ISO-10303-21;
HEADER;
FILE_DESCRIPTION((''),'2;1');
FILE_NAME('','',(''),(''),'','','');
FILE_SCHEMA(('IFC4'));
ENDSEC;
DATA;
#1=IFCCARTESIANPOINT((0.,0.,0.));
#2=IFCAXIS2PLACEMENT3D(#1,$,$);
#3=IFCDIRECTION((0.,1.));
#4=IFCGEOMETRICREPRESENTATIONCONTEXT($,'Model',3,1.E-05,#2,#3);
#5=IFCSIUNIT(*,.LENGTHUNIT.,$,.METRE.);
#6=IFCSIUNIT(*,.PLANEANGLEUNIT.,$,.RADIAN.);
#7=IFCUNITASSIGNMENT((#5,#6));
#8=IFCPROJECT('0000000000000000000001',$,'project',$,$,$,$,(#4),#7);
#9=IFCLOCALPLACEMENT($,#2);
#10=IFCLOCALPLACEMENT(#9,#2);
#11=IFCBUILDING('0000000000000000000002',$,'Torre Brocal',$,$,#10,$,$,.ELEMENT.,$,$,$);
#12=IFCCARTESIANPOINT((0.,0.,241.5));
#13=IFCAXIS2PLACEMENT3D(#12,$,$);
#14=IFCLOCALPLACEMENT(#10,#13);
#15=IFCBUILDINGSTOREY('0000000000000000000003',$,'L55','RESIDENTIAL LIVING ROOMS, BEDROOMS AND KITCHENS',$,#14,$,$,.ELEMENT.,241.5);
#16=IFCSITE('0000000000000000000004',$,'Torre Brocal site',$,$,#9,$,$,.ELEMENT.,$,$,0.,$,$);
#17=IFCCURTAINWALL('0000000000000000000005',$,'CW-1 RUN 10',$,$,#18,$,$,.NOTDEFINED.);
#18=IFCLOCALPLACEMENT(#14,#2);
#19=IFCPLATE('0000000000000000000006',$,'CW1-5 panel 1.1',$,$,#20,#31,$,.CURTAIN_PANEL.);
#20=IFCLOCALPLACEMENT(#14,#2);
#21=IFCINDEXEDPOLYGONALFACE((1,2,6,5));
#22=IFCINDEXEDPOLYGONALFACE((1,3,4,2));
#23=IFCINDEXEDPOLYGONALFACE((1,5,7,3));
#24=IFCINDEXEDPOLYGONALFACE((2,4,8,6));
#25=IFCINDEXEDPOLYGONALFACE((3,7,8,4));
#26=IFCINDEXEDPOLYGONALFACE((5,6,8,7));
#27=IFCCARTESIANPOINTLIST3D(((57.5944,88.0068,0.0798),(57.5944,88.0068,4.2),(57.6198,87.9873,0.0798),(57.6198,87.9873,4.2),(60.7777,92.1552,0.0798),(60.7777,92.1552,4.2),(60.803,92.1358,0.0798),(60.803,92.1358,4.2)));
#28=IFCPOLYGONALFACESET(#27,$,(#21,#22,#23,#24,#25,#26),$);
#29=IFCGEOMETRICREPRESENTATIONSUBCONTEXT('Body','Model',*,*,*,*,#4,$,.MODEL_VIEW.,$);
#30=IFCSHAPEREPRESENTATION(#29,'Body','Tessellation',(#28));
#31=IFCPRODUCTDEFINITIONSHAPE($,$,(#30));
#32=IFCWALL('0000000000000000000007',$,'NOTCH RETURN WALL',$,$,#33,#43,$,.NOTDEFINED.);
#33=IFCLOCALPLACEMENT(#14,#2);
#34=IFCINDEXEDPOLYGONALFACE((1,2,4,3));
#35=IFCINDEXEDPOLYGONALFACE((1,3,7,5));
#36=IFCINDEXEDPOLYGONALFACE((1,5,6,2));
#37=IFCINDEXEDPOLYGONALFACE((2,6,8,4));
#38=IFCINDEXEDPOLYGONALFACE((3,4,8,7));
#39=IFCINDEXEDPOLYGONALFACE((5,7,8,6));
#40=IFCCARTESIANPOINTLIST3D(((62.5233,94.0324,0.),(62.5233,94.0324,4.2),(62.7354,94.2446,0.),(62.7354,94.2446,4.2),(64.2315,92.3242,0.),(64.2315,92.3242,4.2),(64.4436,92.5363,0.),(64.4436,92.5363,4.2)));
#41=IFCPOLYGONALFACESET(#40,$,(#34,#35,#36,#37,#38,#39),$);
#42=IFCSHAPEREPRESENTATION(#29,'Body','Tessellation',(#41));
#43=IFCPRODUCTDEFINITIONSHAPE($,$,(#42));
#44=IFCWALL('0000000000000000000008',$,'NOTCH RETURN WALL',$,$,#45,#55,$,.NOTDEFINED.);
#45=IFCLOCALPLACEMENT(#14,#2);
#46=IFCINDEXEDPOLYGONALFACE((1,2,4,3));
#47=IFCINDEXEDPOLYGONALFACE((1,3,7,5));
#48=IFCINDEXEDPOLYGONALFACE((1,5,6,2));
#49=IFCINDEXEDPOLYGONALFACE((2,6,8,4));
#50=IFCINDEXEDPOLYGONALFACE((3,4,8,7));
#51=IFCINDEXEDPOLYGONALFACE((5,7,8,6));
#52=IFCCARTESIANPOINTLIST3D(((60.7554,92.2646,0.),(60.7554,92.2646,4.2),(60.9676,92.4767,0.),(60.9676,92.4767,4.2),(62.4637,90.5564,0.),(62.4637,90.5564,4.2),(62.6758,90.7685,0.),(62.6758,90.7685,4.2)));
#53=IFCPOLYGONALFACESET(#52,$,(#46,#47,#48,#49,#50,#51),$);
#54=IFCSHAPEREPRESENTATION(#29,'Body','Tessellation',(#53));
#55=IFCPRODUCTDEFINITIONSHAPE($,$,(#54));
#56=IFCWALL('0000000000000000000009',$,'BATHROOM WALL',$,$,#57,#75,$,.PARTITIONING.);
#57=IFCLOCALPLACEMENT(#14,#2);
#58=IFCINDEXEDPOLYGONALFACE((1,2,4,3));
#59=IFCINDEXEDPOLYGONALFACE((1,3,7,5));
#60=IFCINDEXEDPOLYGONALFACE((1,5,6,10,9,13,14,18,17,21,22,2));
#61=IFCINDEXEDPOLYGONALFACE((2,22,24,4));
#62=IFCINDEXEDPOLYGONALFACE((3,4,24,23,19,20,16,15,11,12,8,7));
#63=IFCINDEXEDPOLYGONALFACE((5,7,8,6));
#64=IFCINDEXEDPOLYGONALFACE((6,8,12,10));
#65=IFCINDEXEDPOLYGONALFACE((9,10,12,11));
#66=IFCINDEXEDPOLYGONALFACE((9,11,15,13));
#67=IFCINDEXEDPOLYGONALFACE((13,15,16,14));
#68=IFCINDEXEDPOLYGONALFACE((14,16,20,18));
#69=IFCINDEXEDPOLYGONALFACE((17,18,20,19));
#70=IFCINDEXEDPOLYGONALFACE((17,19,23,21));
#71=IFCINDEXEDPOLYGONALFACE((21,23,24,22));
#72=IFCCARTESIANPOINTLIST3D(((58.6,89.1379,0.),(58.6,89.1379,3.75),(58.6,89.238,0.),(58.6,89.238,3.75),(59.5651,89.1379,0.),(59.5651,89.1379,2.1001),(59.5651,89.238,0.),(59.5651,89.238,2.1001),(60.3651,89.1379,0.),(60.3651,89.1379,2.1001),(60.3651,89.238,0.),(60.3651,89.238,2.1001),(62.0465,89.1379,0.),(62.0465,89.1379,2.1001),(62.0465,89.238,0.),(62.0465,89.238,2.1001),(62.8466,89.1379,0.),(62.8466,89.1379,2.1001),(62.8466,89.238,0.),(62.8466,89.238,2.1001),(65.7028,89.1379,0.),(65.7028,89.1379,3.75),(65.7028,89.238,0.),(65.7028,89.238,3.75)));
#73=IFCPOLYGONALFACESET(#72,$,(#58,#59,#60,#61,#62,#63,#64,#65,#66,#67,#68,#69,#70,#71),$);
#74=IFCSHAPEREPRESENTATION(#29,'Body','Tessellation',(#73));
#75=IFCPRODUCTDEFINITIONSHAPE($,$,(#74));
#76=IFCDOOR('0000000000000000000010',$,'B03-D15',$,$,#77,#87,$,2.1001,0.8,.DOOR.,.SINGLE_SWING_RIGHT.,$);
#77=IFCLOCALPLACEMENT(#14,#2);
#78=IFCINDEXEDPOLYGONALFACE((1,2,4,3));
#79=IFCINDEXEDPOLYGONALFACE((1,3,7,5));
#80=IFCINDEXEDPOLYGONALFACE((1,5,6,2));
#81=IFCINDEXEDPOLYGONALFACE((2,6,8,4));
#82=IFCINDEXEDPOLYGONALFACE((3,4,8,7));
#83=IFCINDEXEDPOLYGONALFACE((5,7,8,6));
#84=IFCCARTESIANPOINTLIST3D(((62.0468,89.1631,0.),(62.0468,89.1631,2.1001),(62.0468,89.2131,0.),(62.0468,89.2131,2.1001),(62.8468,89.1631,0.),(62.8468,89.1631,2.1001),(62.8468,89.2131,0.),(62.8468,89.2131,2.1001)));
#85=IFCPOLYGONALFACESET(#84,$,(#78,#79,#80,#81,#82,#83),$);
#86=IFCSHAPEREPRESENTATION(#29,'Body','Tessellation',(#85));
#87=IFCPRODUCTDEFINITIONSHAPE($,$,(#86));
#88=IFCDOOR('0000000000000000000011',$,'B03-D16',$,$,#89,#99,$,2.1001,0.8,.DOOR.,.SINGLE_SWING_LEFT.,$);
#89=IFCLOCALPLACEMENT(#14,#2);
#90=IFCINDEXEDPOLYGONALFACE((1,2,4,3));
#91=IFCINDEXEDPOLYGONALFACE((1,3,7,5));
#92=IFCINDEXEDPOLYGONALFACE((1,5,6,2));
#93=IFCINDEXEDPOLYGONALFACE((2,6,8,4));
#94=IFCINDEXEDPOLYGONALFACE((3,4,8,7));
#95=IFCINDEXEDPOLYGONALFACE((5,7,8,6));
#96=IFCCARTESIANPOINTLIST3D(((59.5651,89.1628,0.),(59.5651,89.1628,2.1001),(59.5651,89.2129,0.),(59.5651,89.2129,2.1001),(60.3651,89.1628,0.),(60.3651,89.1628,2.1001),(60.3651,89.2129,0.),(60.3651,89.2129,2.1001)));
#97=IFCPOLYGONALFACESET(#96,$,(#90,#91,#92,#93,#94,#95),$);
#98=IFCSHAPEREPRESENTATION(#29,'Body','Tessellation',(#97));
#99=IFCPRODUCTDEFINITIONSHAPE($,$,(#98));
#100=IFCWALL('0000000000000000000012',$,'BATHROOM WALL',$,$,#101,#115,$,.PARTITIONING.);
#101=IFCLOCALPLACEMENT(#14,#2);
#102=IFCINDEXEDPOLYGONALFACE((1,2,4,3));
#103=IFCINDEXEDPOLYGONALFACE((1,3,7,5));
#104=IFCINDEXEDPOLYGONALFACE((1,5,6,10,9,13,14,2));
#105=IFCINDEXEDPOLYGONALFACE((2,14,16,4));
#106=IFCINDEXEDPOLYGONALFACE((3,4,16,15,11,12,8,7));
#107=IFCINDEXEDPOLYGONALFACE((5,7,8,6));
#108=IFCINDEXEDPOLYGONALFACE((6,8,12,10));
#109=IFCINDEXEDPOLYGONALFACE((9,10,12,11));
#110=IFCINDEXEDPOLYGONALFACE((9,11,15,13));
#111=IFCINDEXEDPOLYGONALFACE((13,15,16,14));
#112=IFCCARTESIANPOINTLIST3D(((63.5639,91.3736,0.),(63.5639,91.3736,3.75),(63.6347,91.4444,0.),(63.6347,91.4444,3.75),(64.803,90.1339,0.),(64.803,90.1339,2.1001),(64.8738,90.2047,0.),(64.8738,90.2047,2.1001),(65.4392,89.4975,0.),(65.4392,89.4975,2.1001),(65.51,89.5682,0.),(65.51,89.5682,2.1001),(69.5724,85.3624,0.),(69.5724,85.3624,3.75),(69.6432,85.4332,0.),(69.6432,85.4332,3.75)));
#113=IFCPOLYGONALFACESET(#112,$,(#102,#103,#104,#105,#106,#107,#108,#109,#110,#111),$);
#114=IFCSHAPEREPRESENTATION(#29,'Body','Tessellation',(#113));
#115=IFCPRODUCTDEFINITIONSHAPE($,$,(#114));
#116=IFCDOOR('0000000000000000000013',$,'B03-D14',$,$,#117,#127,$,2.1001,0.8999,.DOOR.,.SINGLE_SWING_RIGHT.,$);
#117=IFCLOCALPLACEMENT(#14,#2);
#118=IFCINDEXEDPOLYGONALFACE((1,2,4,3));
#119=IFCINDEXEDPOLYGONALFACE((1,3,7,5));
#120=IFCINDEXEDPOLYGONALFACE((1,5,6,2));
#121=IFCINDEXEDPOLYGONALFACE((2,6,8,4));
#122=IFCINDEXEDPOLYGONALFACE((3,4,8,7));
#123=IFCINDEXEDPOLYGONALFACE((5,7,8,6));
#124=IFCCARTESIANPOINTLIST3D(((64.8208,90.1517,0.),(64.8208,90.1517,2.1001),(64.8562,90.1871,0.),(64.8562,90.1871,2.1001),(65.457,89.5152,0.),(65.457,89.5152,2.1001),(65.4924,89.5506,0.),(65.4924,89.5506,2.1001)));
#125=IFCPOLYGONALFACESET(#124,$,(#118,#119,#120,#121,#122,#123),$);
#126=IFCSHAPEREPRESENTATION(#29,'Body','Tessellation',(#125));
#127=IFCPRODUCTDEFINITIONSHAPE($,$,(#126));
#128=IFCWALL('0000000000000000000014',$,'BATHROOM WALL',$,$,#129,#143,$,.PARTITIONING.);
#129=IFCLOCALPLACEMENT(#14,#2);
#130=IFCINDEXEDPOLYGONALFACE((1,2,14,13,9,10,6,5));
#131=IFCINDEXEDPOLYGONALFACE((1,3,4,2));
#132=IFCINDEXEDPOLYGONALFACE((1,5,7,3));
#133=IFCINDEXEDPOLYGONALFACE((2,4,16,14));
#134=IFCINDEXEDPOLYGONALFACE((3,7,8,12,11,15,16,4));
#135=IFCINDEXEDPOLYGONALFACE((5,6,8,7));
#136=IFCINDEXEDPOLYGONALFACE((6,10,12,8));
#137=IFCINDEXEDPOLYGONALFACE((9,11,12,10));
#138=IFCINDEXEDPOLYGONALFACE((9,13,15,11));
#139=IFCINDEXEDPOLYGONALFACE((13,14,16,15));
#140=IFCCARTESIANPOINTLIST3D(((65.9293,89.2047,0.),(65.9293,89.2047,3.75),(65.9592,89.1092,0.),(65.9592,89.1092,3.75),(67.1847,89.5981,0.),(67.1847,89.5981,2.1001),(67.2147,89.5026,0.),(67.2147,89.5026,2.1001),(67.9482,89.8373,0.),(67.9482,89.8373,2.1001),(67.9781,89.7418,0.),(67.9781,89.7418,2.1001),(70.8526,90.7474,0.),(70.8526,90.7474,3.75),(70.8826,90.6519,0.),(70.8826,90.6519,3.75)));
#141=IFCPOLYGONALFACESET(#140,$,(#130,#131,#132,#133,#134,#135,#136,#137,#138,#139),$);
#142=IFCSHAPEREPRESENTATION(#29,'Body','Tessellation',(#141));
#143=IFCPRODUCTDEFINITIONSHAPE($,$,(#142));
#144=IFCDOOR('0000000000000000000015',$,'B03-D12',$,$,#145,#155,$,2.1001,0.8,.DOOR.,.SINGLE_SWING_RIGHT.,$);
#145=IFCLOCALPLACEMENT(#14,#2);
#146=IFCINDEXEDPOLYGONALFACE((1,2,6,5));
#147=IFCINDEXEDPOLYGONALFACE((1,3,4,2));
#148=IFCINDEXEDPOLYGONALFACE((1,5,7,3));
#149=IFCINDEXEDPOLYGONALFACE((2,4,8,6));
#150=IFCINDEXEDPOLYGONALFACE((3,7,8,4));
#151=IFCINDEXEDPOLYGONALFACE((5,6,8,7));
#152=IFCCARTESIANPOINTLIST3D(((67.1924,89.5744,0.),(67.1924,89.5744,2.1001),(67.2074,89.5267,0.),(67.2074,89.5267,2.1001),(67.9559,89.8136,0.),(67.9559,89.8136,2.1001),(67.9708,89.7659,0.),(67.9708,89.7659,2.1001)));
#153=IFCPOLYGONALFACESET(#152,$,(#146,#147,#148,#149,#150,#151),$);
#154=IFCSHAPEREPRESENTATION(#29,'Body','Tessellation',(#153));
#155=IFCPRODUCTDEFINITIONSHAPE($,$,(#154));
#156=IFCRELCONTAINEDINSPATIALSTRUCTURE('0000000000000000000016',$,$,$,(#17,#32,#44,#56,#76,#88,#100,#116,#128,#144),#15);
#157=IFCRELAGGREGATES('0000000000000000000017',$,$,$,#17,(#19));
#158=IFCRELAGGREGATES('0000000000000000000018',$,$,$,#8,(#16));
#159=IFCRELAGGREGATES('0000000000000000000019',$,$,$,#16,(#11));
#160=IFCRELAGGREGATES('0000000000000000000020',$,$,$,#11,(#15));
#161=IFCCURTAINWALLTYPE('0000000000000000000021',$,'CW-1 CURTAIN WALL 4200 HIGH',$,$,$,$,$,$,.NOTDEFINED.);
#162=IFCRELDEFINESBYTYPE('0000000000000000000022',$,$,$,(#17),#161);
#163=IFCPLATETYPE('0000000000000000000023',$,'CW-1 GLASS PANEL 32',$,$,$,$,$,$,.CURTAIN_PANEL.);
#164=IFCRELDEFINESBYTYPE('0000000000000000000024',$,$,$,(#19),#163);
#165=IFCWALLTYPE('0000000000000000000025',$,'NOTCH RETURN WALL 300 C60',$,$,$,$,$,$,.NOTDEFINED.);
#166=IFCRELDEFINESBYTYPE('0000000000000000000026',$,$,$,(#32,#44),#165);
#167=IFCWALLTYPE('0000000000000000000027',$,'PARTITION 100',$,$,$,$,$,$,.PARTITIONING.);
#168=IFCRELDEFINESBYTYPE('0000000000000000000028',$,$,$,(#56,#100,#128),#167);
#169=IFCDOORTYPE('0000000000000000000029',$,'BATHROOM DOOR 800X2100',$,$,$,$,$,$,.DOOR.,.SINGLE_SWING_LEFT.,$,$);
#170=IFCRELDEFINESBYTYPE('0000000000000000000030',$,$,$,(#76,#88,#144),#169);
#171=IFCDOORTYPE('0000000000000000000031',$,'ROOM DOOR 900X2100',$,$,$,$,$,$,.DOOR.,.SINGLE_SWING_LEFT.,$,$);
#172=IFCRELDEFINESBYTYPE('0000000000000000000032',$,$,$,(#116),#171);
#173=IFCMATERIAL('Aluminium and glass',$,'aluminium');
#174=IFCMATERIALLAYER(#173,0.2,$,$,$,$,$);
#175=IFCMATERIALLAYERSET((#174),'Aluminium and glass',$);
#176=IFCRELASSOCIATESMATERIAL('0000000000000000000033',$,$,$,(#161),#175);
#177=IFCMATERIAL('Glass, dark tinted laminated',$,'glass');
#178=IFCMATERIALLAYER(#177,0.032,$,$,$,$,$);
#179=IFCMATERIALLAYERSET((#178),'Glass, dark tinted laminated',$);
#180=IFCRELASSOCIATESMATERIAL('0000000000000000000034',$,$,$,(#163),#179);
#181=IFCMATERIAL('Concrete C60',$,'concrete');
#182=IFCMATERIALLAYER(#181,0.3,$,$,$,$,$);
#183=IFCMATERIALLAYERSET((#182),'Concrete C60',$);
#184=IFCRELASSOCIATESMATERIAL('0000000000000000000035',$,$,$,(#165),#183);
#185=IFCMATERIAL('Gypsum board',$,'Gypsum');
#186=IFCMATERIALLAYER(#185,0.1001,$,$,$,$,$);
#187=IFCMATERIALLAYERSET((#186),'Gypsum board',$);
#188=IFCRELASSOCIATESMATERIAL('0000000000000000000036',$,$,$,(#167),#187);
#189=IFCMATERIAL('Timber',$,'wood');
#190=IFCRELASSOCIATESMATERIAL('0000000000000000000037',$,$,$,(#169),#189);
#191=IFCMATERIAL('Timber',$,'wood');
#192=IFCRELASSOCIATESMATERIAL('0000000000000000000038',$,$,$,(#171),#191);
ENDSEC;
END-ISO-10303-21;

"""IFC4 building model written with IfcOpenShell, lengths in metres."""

from ifc_helpers import new_model, si_unit, direction, frame, frame_2d, origin, origin_2d, place, context, subcontext, project, spatial, rectangle, extrude, material, layer, layer_set, type_object, element, fill, aggregate, save


model = new_model("IFC4")

# Units and contexts
model_context = context("Model", 3, precision=1e-05, world=origin(), true_north=direction((0.0, 1.0)))
body_context = subcontext(model_context, "Body", "Model", "MODEL_VIEW")
ifc_project = project(units=[si_unit("LENGTHUNIT", "METRE"), si_unit("PLANEANGLEUNIT", "RADIAN")], contexts=[model_context])

# Site, building, storey
site_placement = place(None, origin())
site = spatial("IfcSite", under=ifc_project, at=site_placement, Name="Torre Brocal site", CompositionType="ELEMENT", RefElevation=0.0)
building_placement = place(site_placement, origin())
building = spatial("IfcBuilding", under=site, at=building_placement, Name="Torre Brocal", CompositionType="ELEMENT")
storey_placement = place(building_placement, frame((0.0, 0.0, 241.5)))
storey = spatial("IfcBuildingStorey", under=building, at=storey_placement, Name="L55", Description="RESIDENTIAL LIVING ROOMS, BEDROOMS AND KITCHENS", CompositionType="ELEMENT", Elevation=241.5)

# Shared definitions
ifc_material_1 = material(Name="Aluminium and glass", Category="aluminium")
ifc_layer_1 = layer(ifc_material_1, 0.2)
ifc_layer_set_1 = layer_set([ifc_layer_1], Name="Aluminium and glass")
curtain_wall_type = type_object("IfcCurtainWallType", Name="CW-1 CURTAIN WALL 4200 HIGH", PredefinedType="NOTDEFINED", material=ifc_layer_set_1)

# Curtain wall
curtain_wall_1_placement = place(storey_placement, origin())
curtain_wall_1 = element("IfcCurtainWall", 1, at=curtain_wall_1_placement, inside=storey, type_object=curtain_wall_type, Name="CW-1 RUN 10", PredefinedType="NOTDEFINED")

# Plate
ifc_material_2 = material(Name="Glass, dark tinted laminated", Category="glass")
ifc_layer_2 = layer(ifc_material_2, 0.032)
ifc_layer_set_2 = layer_set([ifc_layer_2], Name="Glass, dark tinted laminated")
plate_type = type_object("IfcPlateType", Name="CW-1 GLASS PANEL 32", PredefinedType="CURTAIN_PANEL", material=ifc_layer_set_2)
plate_1_placement = place(storey_placement, frame((59.1987, 90.0713, 0.0798), z_axis=(0.0, 0.0, 1.0), x_axis=(-0.608761, -0.793353, 0.0)))
plate_1 = element("IfcPlate", 2, at=plate_1_placement, type_object=plate_type, Name="CW1-5 panel 1.1", PredefinedType="CURTAIN_PANEL", context=body_context, shape_type="SweptSolid", body=[
    extrude(rectangle(XDim=5.229, YDim=0.032, at=origin_2d()), origin(), (0.0, 0.0, 1.0), 4.1201),
])
aggregate(curtain_wall_1, [plate_1])

# Walls
ifc_material_3 = material(Name="Concrete C60", Category="concrete")
ifc_layer_3 = layer(ifc_material_3, 0.3)
ifc_layer_set_3 = layer_set([ifc_layer_3], Name="Concrete C60")
wall_type_1 = type_object("IfcWallType", Name="NOTCH RETURN WALL 300 C60", PredefinedType="NOTDEFINED", material=ifc_layer_set_3)
for number, where, z_axis, x_axis, name in (
    (3, (64.3376, 92.4302, 0.0), (0.0, 0.0, 1.0), (-0.707107, 0.707107, 0.0), "NOTCH RETURN WALL"),
    (4, (62.5698, 90.6624, 0.0), (0.0, 0.0, 1.0), (-0.707107, 0.707107, 0.0), "NOTCH RETURN WALL"),
):
    element("IfcWall", number, at=place(storey_placement, frame(where, z_axis=z_axis, x_axis=x_axis)), inside=storey, type_object=wall_type_1, Name=name, PredefinedType="NOTDEFINED", context=body_context, shape_type="SweptSolid", body=[
        extrude(rectangle(XDim=2.4158, YDim=0.3, at=frame_2d((1.208, 0.0))), origin(), (0.0, 0.0, 1.0), 4.2),
    ])

# Wall, openings, doors
ifc_material_4 = material(Name="Gypsum board", Category="Gypsum")
ifc_layer_4 = layer(ifc_material_4, 0.1001)
ifc_layer_set_4 = layer_set([ifc_layer_4], Name="Gypsum board")
wall_type_2 = type_object("IfcWallType", Name="PARTITION 100", PredefinedType="PARTITIONING", material=ifc_layer_set_4)
wall_1_placement = place(storey_placement, frame((58.6001, 89.188, 0.0), z_axis=(0.0, 0.0, 1.0), x_axis=(1.0, 0.0, 0.0)))
wall_1 = element("IfcWall", 5, at=wall_1_placement, inside=storey, type_object=wall_type_2, Name="BATHROOM WALL", PredefinedType="PARTITIONING", context=body_context, shape_type="SweptSolid", body=[
    extrude(rectangle(XDim=7.1028, YDim=0.1001, at=frame_2d((3.5513, 0.0))), origin(), (0.0, 0.0, 1.0), 3.75),
])
opening_1_placement = place(wall_1_placement, frame((3.4465, 0.0, 0.0)))
opening_1 = element("IfcOpeningElement", 6, at=opening_1_placement, cuts=wall_1, PredefinedType="OPENING", context=body_context, shape_type="SweptSolid", body=[
    extrude(rectangle(XDim=0.8, YDim=2.1001, at=frame_2d((0.3999, 1.05))), frame((0.0, 0.0601, 0.0), z_axis=(0.0, -1.0, 0.0), x_axis=(1.0, 0.0, 0.0)), (0.0, 0.0, 1.0), 0.1201),
])
opening_2_placement = place(wall_1_placement, frame((0.9651, 0.0, 0.0)))
opening_2 = element("IfcOpeningElement", 7, at=opening_2_placement, cuts=wall_1, PredefinedType="OPENING", context=body_context, shape_type="SweptSolid", body=[
    extrude(rectangle(XDim=0.8, YDim=2.1001, at=frame_2d((0.3999, 1.05))), frame((0.0, 0.0601, 0.0), z_axis=(0.0, -1.0, 0.0), x_axis=(1.0, 0.0, 0.0)), (0.0, 0.0, 1.0), 0.1201),
])
ifc_material_5 = material(Name="Timber", Category="wood")
door_type_1 = type_object("IfcDoorType", Name="BATHROOM DOOR 800X2100", OperationType="SINGLE_SWING_LEFT", PredefinedType="DOOR", material=ifc_material_5)
door_1_placement = place(opening_1_placement, frame((0.8, 0.0, 0.0), z_axis=(0.0, 0.0, 1.0), x_axis=(-1.0, 0.0, 0.0)))
door_1 = element("IfcDoor", 8, at=door_1_placement, inside=storey, type_object=door_type_1, Name="B03-D15", OperationType="SINGLE_SWING_RIGHT", OverallHeight=2.1001, OverallWidth=0.8, PredefinedType="DOOR", context=body_context, shape_type="SweptSolid", body=[
    extrude(rectangle(XDim=0.8, YDim=2.1001, at=frame_2d((0.3999, 1.05))), frame((0.0, 0.0249, 0.0), z_axis=(0.0, -1.0, 0.0), x_axis=(1.0, 0.0, 0.0)), (0.0, 0.0, 1.0), 0.05),
])
fill(opening_1, door_1)
door_2_placement = place(opening_2_placement, origin())
door_2 = element("IfcDoor", 9, at=door_2_placement, inside=storey, type_object=door_type_1, Name="B03-D16", OperationType="SINGLE_SWING_LEFT", OverallHeight=2.1001, OverallWidth=0.8, PredefinedType="DOOR", context=body_context, shape_type="SweptSolid", body=[
    extrude(rectangle(XDim=0.8, YDim=2.1001, at=frame_2d((0.3999, 1.05))), frame((0.0, 0.0249, 0.0), z_axis=(0.0, -1.0, 0.0), x_axis=(1.0, 0.0, 0.0)), (0.0, 0.0, 1.0), 0.05),
])
fill(opening_2, door_2)

# Walls, openings, doors
wall_2_placement = place(storey_placement, frame((63.5994, 91.4089, 0.0), z_axis=(0.0, 0.0, 1.0), x_axis=(0.706949, -0.707265, 0.0)))
wall_2 = element("IfcWall", 10, at=wall_2_placement, inside=storey, type_object=wall_type_2, Name="BATHROOM WALL", PredefinedType="PARTITIONING", context=body_context, shape_type="SweptSolid", body=[
    extrude(rectangle(XDim=8.4993, YDim=0.1001, at=frame_2d((4.2495, 0.0))), origin(), (0.0, 0.0, 1.0), 3.75),
])
opening_3_placement = place(wall_2_placement, frame((1.7527, 0.0, 0.0)))
opening_3 = element("IfcOpeningElement", 11, at=opening_3_placement, cuts=wall_2, PredefinedType="OPENING", context=body_context, shape_type="SweptSolid", body=[
    extrude(rectangle(XDim=0.8999, YDim=2.1001, at=frame_2d((0.45, 1.05))), frame((0.0, 0.0601, 0.0), z_axis=(0.0, -1.0, 0.0), x_axis=(1.0, 0.0, 0.0)), (0.0, 0.0, 1.0), 0.1201),
])
ifc_material_6 = material(Name="Timber", Category="wood")
door_type_2 = type_object("IfcDoorType", Name="ROOM DOOR 900X2100", OperationType="SINGLE_SWING_LEFT", PredefinedType="DOOR", material=ifc_material_6)
door_3_placement = place(opening_3_placement, frame((0.8999, 0.0, 0.0), z_axis=(0.0, 0.0, 1.0), x_axis=(-1.0, 0.0, 0.0)))
door_3 = element("IfcDoor", 12, at=door_3_placement, inside=storey, type_object=door_type_2, Name="B03-D14", OperationType="SINGLE_SWING_RIGHT", OverallHeight=2.1001, OverallWidth=0.8999, PredefinedType="DOOR", context=body_context, shape_type="SweptSolid", body=[
    extrude(rectangle(XDim=0.8999, YDim=2.1001, at=frame_2d((0.45, 1.05))), frame((0.0, 0.0249, 0.0), z_axis=(0.0, -1.0, 0.0), x_axis=(1.0, 0.0, 0.0)), (0.0, 0.0, 1.0), 0.05),
])
fill(opening_3, door_3)
wall_3_placement = place(storey_placement, frame((65.9443, 89.157, 0.0), z_axis=(0.0, 0.0, 1.0), x_axis=(0.954249, 0.299013, 0.0)))
wall_3 = element("IfcWall", 13, at=wall_3_placement, inside=storey, type_object=wall_type_2, Name="BATHROOM WALL", PredefinedType="PARTITIONING", context=body_context, shape_type="SweptSolid", body=[
    extrude(rectangle(XDim=5.1594, YDim=0.1001, at=frame_2d((2.5796, 0.0))), origin(), (0.0, 0.0, 1.0), 3.75),
])
opening_4_placement = place(wall_3_placement, frame((1.3157, 0.0, 0.0)))
opening_4 = element("IfcOpeningElement", 14, at=opening_4_placement, cuts=wall_3, PredefinedType="OPENING", context=body_context, shape_type="SweptSolid", body=[
    extrude(rectangle(XDim=0.8, YDim=2.1001, at=frame_2d((0.3999, 1.05))), frame((0.0, 0.0601, 0.0), z_axis=(0.0, -1.0, 0.0), x_axis=(1.0, 0.0, 0.0)), (0.0, 0.0, 1.0), 0.1201),
])
door_4_placement = place(opening_4_placement, frame((0.8, 0.0, 0.0), z_axis=(0.0, 0.0, 1.0), x_axis=(-1.0, 0.0, 0.0)))
door_4 = element("IfcDoor", 15, at=door_4_placement, inside=storey, type_object=door_type_1, Name="B03-D12", OperationType="SINGLE_SWING_RIGHT", OverallHeight=2.1001, OverallWidth=0.8, PredefinedType="DOOR", context=body_context, shape_type="SweptSolid", body=[
    extrude(rectangle(XDim=0.8, YDim=2.1001, at=frame_2d((0.3999, 1.05))), frame((0.0, 0.0249, 0.0), z_axis=(0.0, -1.0, 0.0), x_axis=(1.0, 0.0, 0.0)), (0.0, 0.0, 1.0), 0.05),
])
fill(opening_4, door_4)

save(model, "model.ifc")
